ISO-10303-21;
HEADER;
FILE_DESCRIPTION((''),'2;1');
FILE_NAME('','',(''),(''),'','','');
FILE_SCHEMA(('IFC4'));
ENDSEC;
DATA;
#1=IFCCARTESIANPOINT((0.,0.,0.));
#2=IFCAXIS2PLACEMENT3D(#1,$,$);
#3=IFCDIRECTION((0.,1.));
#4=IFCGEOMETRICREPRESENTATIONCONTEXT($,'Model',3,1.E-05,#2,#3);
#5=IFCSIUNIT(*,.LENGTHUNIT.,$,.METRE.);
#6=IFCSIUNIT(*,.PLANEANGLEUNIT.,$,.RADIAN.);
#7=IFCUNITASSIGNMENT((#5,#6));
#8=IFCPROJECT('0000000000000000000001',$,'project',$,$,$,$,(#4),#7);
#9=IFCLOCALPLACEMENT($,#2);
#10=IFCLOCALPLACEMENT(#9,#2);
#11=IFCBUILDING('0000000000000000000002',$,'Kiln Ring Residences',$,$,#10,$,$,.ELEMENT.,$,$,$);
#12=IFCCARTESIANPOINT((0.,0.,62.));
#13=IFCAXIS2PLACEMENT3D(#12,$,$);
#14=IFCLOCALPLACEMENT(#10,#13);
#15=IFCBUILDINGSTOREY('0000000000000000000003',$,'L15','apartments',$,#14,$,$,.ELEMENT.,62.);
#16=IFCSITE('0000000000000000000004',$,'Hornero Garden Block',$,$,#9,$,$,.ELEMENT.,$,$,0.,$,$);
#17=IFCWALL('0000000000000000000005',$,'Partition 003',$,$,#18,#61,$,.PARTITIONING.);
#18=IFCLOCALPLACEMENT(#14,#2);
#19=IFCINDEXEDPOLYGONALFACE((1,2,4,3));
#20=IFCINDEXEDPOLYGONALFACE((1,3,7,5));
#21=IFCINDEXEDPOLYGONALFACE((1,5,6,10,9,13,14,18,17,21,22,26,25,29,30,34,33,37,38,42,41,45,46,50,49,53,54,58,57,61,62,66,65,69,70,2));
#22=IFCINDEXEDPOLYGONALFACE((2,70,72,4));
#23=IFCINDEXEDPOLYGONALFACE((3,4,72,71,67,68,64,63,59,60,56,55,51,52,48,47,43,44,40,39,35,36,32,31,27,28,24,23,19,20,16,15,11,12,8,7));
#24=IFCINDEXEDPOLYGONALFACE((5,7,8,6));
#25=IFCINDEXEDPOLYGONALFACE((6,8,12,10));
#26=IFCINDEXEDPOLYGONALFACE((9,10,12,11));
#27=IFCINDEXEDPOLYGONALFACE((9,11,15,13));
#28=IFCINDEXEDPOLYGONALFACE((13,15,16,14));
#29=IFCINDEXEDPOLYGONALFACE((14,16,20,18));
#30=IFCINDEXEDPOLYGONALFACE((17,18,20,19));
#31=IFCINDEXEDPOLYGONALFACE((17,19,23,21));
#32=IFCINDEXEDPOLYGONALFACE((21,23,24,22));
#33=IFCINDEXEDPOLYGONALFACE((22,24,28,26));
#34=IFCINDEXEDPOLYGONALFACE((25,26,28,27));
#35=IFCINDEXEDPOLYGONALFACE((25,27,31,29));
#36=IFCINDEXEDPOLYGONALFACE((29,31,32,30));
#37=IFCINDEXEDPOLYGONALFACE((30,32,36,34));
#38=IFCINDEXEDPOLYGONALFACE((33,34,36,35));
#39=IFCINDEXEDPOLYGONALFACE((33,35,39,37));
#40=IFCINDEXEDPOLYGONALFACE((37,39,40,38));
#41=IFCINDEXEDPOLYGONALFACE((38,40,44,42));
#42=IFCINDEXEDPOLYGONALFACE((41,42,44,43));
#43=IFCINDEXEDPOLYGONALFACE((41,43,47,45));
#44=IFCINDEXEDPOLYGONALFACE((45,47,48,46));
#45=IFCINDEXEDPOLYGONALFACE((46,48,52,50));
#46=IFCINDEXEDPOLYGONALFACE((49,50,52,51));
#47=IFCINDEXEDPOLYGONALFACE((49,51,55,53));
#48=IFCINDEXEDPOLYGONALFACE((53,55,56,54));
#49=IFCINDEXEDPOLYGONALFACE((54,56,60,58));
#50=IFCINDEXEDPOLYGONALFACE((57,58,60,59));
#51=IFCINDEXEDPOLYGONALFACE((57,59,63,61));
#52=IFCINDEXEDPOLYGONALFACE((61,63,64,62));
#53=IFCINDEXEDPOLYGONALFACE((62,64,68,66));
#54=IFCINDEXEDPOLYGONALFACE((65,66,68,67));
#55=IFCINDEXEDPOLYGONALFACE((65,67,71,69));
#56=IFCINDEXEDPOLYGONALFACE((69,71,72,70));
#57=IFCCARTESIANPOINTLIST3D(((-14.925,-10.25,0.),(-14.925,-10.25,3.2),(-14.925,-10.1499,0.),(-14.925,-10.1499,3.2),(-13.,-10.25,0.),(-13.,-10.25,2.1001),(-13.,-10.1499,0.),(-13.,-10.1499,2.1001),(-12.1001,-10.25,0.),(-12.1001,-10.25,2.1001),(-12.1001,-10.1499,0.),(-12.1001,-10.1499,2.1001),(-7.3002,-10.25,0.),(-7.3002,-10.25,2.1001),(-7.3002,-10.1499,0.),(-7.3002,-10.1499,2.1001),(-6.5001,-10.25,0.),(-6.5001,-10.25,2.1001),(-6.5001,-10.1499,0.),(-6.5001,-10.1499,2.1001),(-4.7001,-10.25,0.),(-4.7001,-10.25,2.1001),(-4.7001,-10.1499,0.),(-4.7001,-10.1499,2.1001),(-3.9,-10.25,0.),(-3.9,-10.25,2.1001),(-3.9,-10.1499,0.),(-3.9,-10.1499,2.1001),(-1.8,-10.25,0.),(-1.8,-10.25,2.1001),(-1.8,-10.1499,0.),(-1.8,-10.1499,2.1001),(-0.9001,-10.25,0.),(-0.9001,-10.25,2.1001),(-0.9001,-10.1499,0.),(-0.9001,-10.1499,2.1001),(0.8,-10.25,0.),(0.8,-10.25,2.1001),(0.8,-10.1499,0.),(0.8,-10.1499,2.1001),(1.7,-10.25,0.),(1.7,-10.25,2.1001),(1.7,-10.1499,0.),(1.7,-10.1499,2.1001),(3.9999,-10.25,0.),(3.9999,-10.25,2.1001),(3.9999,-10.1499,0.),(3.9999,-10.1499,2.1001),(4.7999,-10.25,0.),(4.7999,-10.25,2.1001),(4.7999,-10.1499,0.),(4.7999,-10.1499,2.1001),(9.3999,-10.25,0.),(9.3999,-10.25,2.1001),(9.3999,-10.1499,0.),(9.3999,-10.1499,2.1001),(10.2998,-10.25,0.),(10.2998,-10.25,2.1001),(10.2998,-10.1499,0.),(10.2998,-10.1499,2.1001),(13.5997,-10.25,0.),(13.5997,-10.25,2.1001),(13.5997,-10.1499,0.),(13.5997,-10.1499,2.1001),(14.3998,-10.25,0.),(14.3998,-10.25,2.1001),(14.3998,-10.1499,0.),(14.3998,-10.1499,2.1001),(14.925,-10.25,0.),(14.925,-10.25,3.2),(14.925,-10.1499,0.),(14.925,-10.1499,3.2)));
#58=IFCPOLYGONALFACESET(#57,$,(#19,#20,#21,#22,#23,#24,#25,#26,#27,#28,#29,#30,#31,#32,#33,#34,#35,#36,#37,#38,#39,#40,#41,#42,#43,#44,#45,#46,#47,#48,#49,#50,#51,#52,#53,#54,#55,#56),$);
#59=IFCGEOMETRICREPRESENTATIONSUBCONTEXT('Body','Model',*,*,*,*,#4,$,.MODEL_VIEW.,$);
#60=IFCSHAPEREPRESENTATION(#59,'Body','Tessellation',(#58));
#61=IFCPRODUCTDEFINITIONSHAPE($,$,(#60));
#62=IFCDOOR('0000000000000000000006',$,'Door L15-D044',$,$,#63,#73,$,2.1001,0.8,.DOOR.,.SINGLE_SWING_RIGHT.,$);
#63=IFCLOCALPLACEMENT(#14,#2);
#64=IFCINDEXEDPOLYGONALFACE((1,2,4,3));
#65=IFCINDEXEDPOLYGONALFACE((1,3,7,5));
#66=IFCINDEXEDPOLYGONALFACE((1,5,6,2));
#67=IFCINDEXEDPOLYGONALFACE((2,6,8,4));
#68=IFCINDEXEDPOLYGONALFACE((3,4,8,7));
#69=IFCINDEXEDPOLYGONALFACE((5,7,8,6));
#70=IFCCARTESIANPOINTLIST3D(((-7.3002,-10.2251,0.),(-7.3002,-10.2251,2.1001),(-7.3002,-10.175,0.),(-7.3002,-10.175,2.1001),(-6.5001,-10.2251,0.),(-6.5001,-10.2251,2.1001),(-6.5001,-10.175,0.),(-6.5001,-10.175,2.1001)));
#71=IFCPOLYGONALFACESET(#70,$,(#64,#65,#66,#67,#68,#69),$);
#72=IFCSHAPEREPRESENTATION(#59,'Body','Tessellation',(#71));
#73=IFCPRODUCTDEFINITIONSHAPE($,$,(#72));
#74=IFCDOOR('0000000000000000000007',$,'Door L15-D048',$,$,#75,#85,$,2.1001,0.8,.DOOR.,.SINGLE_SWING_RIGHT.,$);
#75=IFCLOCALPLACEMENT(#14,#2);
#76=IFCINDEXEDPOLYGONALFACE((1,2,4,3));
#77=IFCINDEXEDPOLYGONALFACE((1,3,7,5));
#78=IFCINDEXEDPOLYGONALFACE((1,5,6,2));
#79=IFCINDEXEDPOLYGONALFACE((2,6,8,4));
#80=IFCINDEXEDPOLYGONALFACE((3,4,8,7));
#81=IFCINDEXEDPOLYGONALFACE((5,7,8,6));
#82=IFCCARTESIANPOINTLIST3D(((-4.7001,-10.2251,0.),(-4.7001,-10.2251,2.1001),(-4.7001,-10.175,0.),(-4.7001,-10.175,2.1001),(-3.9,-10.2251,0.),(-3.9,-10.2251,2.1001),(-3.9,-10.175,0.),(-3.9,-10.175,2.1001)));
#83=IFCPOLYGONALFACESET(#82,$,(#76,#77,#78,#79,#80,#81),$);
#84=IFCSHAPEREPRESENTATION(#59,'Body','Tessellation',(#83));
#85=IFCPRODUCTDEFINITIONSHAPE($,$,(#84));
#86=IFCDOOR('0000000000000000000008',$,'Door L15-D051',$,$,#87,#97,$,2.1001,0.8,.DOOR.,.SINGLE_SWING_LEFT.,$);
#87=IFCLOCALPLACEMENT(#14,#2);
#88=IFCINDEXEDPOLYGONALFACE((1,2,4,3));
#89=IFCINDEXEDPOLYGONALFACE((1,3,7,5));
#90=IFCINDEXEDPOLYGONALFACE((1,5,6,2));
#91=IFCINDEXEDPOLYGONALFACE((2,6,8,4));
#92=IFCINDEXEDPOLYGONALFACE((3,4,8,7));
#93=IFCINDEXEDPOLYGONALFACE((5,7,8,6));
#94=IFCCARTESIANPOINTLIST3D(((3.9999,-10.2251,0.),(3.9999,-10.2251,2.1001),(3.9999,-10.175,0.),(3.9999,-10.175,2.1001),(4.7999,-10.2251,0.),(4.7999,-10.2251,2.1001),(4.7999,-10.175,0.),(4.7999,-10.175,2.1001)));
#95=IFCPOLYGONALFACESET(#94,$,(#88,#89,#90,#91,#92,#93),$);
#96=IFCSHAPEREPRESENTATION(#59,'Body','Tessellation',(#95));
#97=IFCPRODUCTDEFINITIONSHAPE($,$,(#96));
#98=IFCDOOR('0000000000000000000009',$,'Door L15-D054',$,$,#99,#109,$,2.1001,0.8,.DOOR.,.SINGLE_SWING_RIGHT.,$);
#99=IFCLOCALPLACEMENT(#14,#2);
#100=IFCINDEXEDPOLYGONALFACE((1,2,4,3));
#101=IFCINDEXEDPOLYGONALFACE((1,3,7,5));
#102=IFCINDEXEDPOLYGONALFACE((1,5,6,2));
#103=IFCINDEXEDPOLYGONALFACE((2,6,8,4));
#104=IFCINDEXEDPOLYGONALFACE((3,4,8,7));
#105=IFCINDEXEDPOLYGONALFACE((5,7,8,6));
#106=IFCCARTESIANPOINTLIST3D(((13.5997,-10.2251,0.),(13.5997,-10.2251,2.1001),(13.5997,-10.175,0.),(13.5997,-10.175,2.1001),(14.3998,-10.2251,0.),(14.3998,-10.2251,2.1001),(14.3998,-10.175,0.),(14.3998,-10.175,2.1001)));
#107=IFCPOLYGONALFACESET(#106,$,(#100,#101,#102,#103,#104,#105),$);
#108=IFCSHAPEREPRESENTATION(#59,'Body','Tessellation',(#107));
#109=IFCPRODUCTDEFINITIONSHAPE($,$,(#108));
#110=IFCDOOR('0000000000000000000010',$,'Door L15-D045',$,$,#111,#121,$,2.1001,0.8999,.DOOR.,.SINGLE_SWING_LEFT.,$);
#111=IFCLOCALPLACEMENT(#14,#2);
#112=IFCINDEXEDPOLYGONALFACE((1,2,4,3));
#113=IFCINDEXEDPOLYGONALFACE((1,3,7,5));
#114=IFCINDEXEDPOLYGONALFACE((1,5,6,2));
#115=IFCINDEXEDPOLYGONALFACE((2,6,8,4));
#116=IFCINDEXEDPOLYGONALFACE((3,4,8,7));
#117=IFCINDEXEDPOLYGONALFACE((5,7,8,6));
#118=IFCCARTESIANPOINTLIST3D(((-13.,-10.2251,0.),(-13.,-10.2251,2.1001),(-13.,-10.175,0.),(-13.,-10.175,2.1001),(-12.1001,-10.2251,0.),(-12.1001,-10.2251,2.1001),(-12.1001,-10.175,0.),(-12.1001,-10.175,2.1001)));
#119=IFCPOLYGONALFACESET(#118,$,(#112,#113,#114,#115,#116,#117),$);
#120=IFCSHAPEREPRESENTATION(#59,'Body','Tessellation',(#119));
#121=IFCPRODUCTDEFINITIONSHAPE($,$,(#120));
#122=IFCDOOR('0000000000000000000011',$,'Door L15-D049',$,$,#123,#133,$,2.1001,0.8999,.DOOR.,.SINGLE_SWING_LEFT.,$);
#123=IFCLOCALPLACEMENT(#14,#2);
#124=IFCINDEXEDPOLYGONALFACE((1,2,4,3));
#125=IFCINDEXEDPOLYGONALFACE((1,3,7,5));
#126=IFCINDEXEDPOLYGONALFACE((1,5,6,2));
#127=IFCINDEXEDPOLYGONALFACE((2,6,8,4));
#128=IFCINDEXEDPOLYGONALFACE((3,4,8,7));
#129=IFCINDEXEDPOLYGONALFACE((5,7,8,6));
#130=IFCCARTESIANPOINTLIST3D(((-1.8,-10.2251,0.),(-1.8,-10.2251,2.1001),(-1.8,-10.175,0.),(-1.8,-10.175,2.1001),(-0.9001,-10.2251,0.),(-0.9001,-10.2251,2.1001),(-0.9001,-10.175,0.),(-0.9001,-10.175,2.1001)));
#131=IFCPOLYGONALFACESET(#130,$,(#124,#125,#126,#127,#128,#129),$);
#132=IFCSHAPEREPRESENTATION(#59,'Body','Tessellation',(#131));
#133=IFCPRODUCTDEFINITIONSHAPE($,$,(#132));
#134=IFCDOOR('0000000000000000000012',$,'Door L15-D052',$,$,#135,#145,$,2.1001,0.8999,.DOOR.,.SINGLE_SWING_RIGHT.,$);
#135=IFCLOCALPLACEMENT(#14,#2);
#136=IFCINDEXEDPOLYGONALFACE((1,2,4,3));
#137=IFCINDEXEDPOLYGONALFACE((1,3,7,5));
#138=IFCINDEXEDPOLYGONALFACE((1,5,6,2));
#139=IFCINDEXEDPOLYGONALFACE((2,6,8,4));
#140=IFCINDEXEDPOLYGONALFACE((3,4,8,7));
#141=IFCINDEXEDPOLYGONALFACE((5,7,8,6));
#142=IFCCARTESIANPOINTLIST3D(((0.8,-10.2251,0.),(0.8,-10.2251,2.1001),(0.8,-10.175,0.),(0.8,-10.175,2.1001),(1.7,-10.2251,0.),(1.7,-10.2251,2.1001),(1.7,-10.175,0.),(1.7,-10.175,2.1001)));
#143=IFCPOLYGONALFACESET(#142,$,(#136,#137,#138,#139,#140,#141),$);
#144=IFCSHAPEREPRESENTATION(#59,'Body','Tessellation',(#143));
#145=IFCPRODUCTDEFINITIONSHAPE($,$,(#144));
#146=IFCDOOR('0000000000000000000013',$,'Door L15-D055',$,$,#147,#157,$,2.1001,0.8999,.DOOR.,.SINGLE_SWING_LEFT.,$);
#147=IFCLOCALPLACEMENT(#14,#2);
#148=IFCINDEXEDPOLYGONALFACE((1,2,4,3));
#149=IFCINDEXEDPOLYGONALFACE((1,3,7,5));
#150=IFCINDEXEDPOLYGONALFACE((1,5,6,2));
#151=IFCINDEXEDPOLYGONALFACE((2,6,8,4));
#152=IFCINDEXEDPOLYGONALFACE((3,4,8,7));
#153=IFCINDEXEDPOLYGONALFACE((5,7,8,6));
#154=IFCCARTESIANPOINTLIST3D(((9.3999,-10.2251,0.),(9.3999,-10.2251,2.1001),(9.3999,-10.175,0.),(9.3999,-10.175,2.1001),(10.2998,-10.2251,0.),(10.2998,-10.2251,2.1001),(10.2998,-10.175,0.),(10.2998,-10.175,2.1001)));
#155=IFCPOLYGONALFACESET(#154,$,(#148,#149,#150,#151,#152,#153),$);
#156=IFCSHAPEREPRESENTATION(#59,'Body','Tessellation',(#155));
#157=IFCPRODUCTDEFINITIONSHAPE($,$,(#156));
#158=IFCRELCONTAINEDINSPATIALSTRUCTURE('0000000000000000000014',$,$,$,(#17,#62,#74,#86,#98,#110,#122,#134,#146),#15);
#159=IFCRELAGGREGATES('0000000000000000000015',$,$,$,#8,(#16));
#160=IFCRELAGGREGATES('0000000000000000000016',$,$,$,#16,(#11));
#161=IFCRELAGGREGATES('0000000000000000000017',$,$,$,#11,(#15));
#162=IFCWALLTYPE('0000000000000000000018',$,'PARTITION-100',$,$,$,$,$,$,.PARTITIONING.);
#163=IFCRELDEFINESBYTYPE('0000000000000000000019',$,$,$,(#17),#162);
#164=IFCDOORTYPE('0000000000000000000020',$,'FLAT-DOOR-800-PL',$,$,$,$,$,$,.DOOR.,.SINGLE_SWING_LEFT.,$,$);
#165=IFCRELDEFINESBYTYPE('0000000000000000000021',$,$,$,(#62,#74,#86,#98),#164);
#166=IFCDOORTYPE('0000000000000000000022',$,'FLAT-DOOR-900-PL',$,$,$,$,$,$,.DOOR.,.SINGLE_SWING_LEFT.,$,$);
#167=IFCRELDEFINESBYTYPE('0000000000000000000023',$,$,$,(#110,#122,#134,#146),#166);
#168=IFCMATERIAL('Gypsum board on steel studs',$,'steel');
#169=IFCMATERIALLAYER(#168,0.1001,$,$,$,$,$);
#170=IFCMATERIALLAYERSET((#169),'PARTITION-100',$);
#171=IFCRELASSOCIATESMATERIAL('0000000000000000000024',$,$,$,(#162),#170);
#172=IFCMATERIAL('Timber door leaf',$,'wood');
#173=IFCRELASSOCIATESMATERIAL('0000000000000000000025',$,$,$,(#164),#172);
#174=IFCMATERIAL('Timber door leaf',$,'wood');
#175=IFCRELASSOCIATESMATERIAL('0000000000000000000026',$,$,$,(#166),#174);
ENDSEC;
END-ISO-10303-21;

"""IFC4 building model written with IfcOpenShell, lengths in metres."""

from ifc_helpers import new_model, si_unit, direction, frame, frame_2d, origin, place, context, subcontext, project, spatial, rectangle, extrude, material, layer, layer_set, type_object, element, fill, save


model = new_model("IFC4")

# Units and contexts
model_context = context("Model", 3, precision=1e-05, world=origin(), true_north=direction((0.0, 1.0)))
body_context = subcontext(model_context, "Body", "Model", "MODEL_VIEW")
ifc_project = project(units=[si_unit("LENGTHUNIT", "METRE"), si_unit("PLANEANGLEUNIT", "RADIAN")], contexts=[model_context])

# Site, building, storey
site_placement = place(None, origin())
site = spatial("IfcSite", under=ifc_project, at=site_placement, Name="Hornero Garden Block", CompositionType="ELEMENT", RefElevation=0.0)
building_placement = place(site_placement, origin())
building = spatial("IfcBuilding", under=site, at=building_placement, Name="Kiln Ring Residences", CompositionType="ELEMENT")
storey_placement = place(building_placement, frame((0.0, 0.0, 62.0)))
storey = spatial("IfcBuildingStorey", under=building, at=storey_placement, Name="L15", Description="apartments", CompositionType="ELEMENT", Elevation=62.0)

# Wall, openings, doors
ifc_material_1 = material(Name="Gypsum board on steel studs", Category="steel")
ifc_layer_1 = layer(ifc_material_1, 0.1001)
ifc_layer_set_1 = layer_set([ifc_layer_1], Name="PARTITION-100")
wall_type_1 = type_object("IfcWallType", Name="PARTITION-100", PredefinedType="PARTITIONING", material=ifc_layer_set_1)
wall_1_placement = place(storey_placement, frame((-14.925, -10.2, 0.0), z_axis=(0.0, 0.0, 1.0), x_axis=(1.0, 0.0, 0.0)))
wall_1 = element("IfcWall", 1, at=wall_1_placement, inside=storey, type_object=wall_type_1, Name="Partition 003", PredefinedType="PARTITIONING", context=body_context, shape_type="SweptSolid", body=[
    extrude(rectangle(XDim=29.8501, YDim=0.1001, at=frame_2d((14.925, 0.0))), origin(), (0.0, 0.0, 1.0), 3.2),
])
opening_1_placement = place(wall_1_placement, frame((7.625, 0.0, 0.0)))
opening_1 = element("IfcOpeningElement", 2, at=opening_1_placement, cuts=wall_1, PredefinedType="OPENING", context=body_context, shape_type="SweptSolid", body=[
    extrude(rectangle(XDim=0.8, YDim=2.1001, at=frame_2d((0.3999, 1.05))), frame((0.0, 0.0601, 0.0), z_axis=(0.0, -1.0, 0.0), x_axis=(1.0, 0.0, 0.0)), (0.0, 0.0, 1.0), 0.1201),
])
opening_2_placement = place(wall_1_placement, frame((1.925, 0.0, 0.0)))
opening_2 = element("IfcOpeningElement", 3, at=opening_2_placement, cuts=wall_1, PredefinedType="OPENING", context=body_context, shape_type="SweptSolid", body=[
    extrude(rectangle(XDim=0.8999, YDim=2.1001, at=frame_2d((0.45, 1.05))), frame((0.0, 0.0601, 0.0), z_axis=(0.0, -1.0, 0.0), x_axis=(1.0, 0.0, 0.0)), (0.0, 0.0, 1.0), 0.1201),
])
opening_3_placement = place(wall_1_placement, frame((10.2251, 0.0, 0.0)))
opening_3 = element("IfcOpeningElement", 4, at=opening_3_placement, cuts=wall_1, PredefinedType="OPENING", context=body_context, shape_type="SweptSolid", body=[
    extrude(rectangle(XDim=0.8, YDim=2.1001, at=frame_2d((0.3999, 1.05))), frame((0.0, 0.0601, 0.0), z_axis=(0.0, -1.0, 0.0), x_axis=(1.0, 0.0, 0.0)), (0.0, 0.0, 1.0), 0.1201),
])
opening_4_placement = place(wall_1_placement, frame((13.125, 0.0, 0.0)))
opening_4 = element("IfcOpeningElement", 5, at=opening_4_placement, cuts=wall_1, PredefinedType="OPENING", context=body_context, shape_type="SweptSolid", body=[
    extrude(rectangle(XDim=0.8999, YDim=2.1001, at=frame_2d((0.45, 1.05))), frame((0.0, 0.0601, 0.0), z_axis=(0.0, -1.0, 0.0), x_axis=(1.0, 0.0, 0.0)), (0.0, 0.0, 1.0), 0.1201),
])
opening_5_placement = place(wall_1_placement, frame((18.925, 0.0, 0.0)))
opening_5 = element("IfcOpeningElement", 6, at=opening_5_placement, cuts=wall_1, PredefinedType="OPENING", context=body_context, shape_type="SweptSolid", body=[
    extrude(rectangle(XDim=0.8, YDim=2.1001, at=frame_2d((0.3999, 1.05))), frame((0.0, 0.0601, 0.0), z_axis=(0.0, -1.0, 0.0), x_axis=(1.0, 0.0, 0.0)), (0.0, 0.0, 1.0), 0.1201),
])
opening_6_placement = place(wall_1_placement, frame((15.7251, 0.0, 0.0)))
opening_6 = element("IfcOpeningElement", 7, at=opening_6_placement, cuts=wall_1, PredefinedType="OPENING", context=body_context, shape_type="SweptSolid", body=[
    extrude(rectangle(XDim=0.8999, YDim=2.1001, at=frame_2d((0.45, 1.05))), frame((0.0, 0.0601, 0.0), z_axis=(0.0, -1.0, 0.0), x_axis=(1.0, 0.0, 0.0)), (0.0, 0.0, 1.0), 0.1201),
])
opening_7_placement = place(wall_1_placement, frame((28.5249, 0.0, 0.0)))
opening_7 = element("IfcOpeningElement", 8, at=opening_7_placement, cuts=wall_1, PredefinedType="OPENING", context=body_context, shape_type="SweptSolid", body=[
    extrude(rectangle(XDim=0.8, YDim=2.1001, at=frame_2d((0.3999, 1.05))), frame((0.0, 0.0601, 0.0), z_axis=(0.0, -1.0, 0.0), x_axis=(1.0, 0.0, 0.0)), (0.0, 0.0, 1.0), 0.1201),
])
opening_8_placement = place(wall_1_placement, frame((24.325, 0.0, 0.0)))
opening_8 = element("IfcOpeningElement", 9, at=opening_8_placement, cuts=wall_1, PredefinedType="OPENING", context=body_context, shape_type="SweptSolid", body=[
    extrude(rectangle(XDim=0.8999, YDim=2.1001, at=frame_2d((0.45, 1.05))), frame((0.0, 0.0601, 0.0), z_axis=(0.0, -1.0, 0.0), x_axis=(1.0, 0.0, 0.0)), (0.0, 0.0, 1.0), 0.1201),
])
ifc_material_2 = material(Name="Timber door leaf", Category="wood")
door_type_1 = type_object("IfcDoorType", Name="FLAT-DOOR-800-PL", OperationType="SINGLE_SWING_LEFT", PredefinedType="DOOR", material=ifc_material_2)
door_1_placement = place(opening_1_placement, origin())
door_1 = element("IfcDoor", 10, at=door_1_placement, inside=storey, type_object=door_type_1, Name="Door L15-D044", OperationType="SINGLE_SWING_RIGHT", OverallHeight=2.1001, OverallWidth=0.8, PredefinedType="DOOR", context=body_context, shape_type="SweptSolid", body=[
    extrude(rectangle(XDim=0.8, YDim=2.1001, at=frame_2d((0.3999, 1.05))), frame((0.0, 0.0249, 0.0), z_axis=(0.0, -1.0, 0.0), x_axis=(1.0, 0.0, 0.0)), (0.0, 0.0, 1.0), 0.05),
])
fill(opening_1, door_1)
door_2_placement = place(opening_3_placement, origin())
door_2 = element("IfcDoor", 11, at=door_2_placement, inside=storey, type_object=door_type_1, Name="Door L15-D048", OperationType="SINGLE_SWING_RIGHT", OverallHeight=2.1001, OverallWidth=0.8, PredefinedType="DOOR", context=body_context, shape_type="SweptSolid", body=[
    extrude(rectangle(XDim=0.8, YDim=2.1001, at=frame_2d((0.3999, 1.05))), frame((0.0, 0.0249, 0.0), z_axis=(0.0, -1.0, 0.0), x_axis=(1.0, 0.0, 0.0)), (0.0, 0.0, 1.0), 0.05),
])
fill(opening_3, door_2)
door_3_placement = place(opening_5_placement, origin())
door_3 = element("IfcDoor", 12, at=door_3_placement, inside=storey, type_object=door_type_1, Name="Door L15-D051", OperationType="SINGLE_SWING_LEFT", OverallHeight=2.1001, OverallWidth=0.8, PredefinedType="DOOR", context=body_context, shape_type="SweptSolid", body=[
    extrude(rectangle(XDim=0.8, YDim=2.1001, at=frame_2d((0.3999, 1.05))), frame((0.0, 0.0249, 0.0), z_axis=(0.0, -1.0, 0.0), x_axis=(1.0, 0.0, 0.0)), (0.0, 0.0, 1.0), 0.05),
])
fill(opening_5, door_3)
door_4_placement = place(opening_7_placement, origin())
door_4 = element("IfcDoor", 13, at=door_4_placement, inside=storey, type_object=door_type_1, Name="Door L15-D054", OperationType="SINGLE_SWING_RIGHT", OverallHeight=2.1001, OverallWidth=0.8, PredefinedType="DOOR", context=body_context, shape_type="SweptSolid", body=[
    extrude(rectangle(XDim=0.8, YDim=2.1001, at=frame_2d((0.3999, 1.05))), frame((0.0, 0.0249, 0.0), z_axis=(0.0, -1.0, 0.0), x_axis=(1.0, 0.0, 0.0)), (0.0, 0.0, 1.0), 0.05),
])
fill(opening_7, door_4)
ifc_material_3 = material(Name="Timber door leaf", Category="wood")
door_type_2 = type_object("IfcDoorType", Name="FLAT-DOOR-900-PL", OperationType="SINGLE_SWING_LEFT", PredefinedType="DOOR", material=ifc_material_3)
door_5_placement = place(opening_2_placement, origin())
door_5 = element("IfcDoor", 14, at=door_5_placement, inside=storey, type_object=door_type_2, Name="Door L15-D045", OperationType="SINGLE_SWING_LEFT", OverallHeight=2.1001, OverallWidth=0.8999, PredefinedType="DOOR", context=body_context, shape_type="SweptSolid", body=[
    extrude(rectangle(XDim=0.8999, YDim=2.1001, at=frame_2d((0.45, 1.05))), frame((0.0, 0.0249, 0.0), z_axis=(0.0, -1.0, 0.0), x_axis=(1.0, 0.0, 0.0)), (0.0, 0.0, 1.0), 0.05),
])
fill(opening_2, door_5)
door_6_placement = place(opening_4_placement, origin())
door_6 = element("IfcDoor", 15, at=door_6_placement, inside=storey, type_object=door_type_2, Name="Door L15-D049", OperationType="SINGLE_SWING_LEFT", OverallHeight=2.1001, OverallWidth=0.8999, PredefinedType="DOOR", context=body_context, shape_type="SweptSolid", body=[
    extrude(rectangle(XDim=0.8999, YDim=2.1001, at=frame_2d((0.45, 1.05))), frame((0.0, 0.0249, 0.0), z_axis=(0.0, -1.0, 0.0), x_axis=(1.0, 0.0, 0.0)), (0.0, 0.0, 1.0), 0.05),
])
fill(opening_4, door_6)
door_7_placement = place(opening_6_placement, origin())
door_7 = element("IfcDoor", 16, at=door_7_placement, inside=storey, type_object=door_type_2, Name="Door L15-D052", OperationType="SINGLE_SWING_RIGHT", OverallHeight=2.1001, OverallWidth=0.8999, PredefinedType="DOOR", context=body_context, shape_type="SweptSolid", body=[
    extrude(rectangle(XDim=0.8999, YDim=2.1001, at=frame_2d((0.45, 1.05))), frame((0.0, 0.0249, 0.0), z_axis=(0.0, -1.0, 0.0), x_axis=(1.0, 0.0, 0.0)), (0.0, 0.0, 1.0), 0.05),
])
fill(opening_6, door_7)
door_8_placement = place(opening_8_placement, origin())
door_8 = element("IfcDoor", 17, at=door_8_placement, inside=storey, type_object=door_type_2, Name="Door L15-D055", OperationType="SINGLE_SWING_LEFT", OverallHeight=2.1001, OverallWidth=0.8999, PredefinedType="DOOR", context=body_context, shape_type="SweptSolid", body=[
    extrude(rectangle(XDim=0.8999, YDim=2.1001, at=frame_2d((0.45, 1.05))), frame((0.0, 0.0249, 0.0), z_axis=(0.0, -1.0, 0.0), x_axis=(1.0, 0.0, 0.0)), (0.0, 0.0, 1.0), 0.05),
])
fill(opening_8, door_8)

save(model, "model.ifc")
